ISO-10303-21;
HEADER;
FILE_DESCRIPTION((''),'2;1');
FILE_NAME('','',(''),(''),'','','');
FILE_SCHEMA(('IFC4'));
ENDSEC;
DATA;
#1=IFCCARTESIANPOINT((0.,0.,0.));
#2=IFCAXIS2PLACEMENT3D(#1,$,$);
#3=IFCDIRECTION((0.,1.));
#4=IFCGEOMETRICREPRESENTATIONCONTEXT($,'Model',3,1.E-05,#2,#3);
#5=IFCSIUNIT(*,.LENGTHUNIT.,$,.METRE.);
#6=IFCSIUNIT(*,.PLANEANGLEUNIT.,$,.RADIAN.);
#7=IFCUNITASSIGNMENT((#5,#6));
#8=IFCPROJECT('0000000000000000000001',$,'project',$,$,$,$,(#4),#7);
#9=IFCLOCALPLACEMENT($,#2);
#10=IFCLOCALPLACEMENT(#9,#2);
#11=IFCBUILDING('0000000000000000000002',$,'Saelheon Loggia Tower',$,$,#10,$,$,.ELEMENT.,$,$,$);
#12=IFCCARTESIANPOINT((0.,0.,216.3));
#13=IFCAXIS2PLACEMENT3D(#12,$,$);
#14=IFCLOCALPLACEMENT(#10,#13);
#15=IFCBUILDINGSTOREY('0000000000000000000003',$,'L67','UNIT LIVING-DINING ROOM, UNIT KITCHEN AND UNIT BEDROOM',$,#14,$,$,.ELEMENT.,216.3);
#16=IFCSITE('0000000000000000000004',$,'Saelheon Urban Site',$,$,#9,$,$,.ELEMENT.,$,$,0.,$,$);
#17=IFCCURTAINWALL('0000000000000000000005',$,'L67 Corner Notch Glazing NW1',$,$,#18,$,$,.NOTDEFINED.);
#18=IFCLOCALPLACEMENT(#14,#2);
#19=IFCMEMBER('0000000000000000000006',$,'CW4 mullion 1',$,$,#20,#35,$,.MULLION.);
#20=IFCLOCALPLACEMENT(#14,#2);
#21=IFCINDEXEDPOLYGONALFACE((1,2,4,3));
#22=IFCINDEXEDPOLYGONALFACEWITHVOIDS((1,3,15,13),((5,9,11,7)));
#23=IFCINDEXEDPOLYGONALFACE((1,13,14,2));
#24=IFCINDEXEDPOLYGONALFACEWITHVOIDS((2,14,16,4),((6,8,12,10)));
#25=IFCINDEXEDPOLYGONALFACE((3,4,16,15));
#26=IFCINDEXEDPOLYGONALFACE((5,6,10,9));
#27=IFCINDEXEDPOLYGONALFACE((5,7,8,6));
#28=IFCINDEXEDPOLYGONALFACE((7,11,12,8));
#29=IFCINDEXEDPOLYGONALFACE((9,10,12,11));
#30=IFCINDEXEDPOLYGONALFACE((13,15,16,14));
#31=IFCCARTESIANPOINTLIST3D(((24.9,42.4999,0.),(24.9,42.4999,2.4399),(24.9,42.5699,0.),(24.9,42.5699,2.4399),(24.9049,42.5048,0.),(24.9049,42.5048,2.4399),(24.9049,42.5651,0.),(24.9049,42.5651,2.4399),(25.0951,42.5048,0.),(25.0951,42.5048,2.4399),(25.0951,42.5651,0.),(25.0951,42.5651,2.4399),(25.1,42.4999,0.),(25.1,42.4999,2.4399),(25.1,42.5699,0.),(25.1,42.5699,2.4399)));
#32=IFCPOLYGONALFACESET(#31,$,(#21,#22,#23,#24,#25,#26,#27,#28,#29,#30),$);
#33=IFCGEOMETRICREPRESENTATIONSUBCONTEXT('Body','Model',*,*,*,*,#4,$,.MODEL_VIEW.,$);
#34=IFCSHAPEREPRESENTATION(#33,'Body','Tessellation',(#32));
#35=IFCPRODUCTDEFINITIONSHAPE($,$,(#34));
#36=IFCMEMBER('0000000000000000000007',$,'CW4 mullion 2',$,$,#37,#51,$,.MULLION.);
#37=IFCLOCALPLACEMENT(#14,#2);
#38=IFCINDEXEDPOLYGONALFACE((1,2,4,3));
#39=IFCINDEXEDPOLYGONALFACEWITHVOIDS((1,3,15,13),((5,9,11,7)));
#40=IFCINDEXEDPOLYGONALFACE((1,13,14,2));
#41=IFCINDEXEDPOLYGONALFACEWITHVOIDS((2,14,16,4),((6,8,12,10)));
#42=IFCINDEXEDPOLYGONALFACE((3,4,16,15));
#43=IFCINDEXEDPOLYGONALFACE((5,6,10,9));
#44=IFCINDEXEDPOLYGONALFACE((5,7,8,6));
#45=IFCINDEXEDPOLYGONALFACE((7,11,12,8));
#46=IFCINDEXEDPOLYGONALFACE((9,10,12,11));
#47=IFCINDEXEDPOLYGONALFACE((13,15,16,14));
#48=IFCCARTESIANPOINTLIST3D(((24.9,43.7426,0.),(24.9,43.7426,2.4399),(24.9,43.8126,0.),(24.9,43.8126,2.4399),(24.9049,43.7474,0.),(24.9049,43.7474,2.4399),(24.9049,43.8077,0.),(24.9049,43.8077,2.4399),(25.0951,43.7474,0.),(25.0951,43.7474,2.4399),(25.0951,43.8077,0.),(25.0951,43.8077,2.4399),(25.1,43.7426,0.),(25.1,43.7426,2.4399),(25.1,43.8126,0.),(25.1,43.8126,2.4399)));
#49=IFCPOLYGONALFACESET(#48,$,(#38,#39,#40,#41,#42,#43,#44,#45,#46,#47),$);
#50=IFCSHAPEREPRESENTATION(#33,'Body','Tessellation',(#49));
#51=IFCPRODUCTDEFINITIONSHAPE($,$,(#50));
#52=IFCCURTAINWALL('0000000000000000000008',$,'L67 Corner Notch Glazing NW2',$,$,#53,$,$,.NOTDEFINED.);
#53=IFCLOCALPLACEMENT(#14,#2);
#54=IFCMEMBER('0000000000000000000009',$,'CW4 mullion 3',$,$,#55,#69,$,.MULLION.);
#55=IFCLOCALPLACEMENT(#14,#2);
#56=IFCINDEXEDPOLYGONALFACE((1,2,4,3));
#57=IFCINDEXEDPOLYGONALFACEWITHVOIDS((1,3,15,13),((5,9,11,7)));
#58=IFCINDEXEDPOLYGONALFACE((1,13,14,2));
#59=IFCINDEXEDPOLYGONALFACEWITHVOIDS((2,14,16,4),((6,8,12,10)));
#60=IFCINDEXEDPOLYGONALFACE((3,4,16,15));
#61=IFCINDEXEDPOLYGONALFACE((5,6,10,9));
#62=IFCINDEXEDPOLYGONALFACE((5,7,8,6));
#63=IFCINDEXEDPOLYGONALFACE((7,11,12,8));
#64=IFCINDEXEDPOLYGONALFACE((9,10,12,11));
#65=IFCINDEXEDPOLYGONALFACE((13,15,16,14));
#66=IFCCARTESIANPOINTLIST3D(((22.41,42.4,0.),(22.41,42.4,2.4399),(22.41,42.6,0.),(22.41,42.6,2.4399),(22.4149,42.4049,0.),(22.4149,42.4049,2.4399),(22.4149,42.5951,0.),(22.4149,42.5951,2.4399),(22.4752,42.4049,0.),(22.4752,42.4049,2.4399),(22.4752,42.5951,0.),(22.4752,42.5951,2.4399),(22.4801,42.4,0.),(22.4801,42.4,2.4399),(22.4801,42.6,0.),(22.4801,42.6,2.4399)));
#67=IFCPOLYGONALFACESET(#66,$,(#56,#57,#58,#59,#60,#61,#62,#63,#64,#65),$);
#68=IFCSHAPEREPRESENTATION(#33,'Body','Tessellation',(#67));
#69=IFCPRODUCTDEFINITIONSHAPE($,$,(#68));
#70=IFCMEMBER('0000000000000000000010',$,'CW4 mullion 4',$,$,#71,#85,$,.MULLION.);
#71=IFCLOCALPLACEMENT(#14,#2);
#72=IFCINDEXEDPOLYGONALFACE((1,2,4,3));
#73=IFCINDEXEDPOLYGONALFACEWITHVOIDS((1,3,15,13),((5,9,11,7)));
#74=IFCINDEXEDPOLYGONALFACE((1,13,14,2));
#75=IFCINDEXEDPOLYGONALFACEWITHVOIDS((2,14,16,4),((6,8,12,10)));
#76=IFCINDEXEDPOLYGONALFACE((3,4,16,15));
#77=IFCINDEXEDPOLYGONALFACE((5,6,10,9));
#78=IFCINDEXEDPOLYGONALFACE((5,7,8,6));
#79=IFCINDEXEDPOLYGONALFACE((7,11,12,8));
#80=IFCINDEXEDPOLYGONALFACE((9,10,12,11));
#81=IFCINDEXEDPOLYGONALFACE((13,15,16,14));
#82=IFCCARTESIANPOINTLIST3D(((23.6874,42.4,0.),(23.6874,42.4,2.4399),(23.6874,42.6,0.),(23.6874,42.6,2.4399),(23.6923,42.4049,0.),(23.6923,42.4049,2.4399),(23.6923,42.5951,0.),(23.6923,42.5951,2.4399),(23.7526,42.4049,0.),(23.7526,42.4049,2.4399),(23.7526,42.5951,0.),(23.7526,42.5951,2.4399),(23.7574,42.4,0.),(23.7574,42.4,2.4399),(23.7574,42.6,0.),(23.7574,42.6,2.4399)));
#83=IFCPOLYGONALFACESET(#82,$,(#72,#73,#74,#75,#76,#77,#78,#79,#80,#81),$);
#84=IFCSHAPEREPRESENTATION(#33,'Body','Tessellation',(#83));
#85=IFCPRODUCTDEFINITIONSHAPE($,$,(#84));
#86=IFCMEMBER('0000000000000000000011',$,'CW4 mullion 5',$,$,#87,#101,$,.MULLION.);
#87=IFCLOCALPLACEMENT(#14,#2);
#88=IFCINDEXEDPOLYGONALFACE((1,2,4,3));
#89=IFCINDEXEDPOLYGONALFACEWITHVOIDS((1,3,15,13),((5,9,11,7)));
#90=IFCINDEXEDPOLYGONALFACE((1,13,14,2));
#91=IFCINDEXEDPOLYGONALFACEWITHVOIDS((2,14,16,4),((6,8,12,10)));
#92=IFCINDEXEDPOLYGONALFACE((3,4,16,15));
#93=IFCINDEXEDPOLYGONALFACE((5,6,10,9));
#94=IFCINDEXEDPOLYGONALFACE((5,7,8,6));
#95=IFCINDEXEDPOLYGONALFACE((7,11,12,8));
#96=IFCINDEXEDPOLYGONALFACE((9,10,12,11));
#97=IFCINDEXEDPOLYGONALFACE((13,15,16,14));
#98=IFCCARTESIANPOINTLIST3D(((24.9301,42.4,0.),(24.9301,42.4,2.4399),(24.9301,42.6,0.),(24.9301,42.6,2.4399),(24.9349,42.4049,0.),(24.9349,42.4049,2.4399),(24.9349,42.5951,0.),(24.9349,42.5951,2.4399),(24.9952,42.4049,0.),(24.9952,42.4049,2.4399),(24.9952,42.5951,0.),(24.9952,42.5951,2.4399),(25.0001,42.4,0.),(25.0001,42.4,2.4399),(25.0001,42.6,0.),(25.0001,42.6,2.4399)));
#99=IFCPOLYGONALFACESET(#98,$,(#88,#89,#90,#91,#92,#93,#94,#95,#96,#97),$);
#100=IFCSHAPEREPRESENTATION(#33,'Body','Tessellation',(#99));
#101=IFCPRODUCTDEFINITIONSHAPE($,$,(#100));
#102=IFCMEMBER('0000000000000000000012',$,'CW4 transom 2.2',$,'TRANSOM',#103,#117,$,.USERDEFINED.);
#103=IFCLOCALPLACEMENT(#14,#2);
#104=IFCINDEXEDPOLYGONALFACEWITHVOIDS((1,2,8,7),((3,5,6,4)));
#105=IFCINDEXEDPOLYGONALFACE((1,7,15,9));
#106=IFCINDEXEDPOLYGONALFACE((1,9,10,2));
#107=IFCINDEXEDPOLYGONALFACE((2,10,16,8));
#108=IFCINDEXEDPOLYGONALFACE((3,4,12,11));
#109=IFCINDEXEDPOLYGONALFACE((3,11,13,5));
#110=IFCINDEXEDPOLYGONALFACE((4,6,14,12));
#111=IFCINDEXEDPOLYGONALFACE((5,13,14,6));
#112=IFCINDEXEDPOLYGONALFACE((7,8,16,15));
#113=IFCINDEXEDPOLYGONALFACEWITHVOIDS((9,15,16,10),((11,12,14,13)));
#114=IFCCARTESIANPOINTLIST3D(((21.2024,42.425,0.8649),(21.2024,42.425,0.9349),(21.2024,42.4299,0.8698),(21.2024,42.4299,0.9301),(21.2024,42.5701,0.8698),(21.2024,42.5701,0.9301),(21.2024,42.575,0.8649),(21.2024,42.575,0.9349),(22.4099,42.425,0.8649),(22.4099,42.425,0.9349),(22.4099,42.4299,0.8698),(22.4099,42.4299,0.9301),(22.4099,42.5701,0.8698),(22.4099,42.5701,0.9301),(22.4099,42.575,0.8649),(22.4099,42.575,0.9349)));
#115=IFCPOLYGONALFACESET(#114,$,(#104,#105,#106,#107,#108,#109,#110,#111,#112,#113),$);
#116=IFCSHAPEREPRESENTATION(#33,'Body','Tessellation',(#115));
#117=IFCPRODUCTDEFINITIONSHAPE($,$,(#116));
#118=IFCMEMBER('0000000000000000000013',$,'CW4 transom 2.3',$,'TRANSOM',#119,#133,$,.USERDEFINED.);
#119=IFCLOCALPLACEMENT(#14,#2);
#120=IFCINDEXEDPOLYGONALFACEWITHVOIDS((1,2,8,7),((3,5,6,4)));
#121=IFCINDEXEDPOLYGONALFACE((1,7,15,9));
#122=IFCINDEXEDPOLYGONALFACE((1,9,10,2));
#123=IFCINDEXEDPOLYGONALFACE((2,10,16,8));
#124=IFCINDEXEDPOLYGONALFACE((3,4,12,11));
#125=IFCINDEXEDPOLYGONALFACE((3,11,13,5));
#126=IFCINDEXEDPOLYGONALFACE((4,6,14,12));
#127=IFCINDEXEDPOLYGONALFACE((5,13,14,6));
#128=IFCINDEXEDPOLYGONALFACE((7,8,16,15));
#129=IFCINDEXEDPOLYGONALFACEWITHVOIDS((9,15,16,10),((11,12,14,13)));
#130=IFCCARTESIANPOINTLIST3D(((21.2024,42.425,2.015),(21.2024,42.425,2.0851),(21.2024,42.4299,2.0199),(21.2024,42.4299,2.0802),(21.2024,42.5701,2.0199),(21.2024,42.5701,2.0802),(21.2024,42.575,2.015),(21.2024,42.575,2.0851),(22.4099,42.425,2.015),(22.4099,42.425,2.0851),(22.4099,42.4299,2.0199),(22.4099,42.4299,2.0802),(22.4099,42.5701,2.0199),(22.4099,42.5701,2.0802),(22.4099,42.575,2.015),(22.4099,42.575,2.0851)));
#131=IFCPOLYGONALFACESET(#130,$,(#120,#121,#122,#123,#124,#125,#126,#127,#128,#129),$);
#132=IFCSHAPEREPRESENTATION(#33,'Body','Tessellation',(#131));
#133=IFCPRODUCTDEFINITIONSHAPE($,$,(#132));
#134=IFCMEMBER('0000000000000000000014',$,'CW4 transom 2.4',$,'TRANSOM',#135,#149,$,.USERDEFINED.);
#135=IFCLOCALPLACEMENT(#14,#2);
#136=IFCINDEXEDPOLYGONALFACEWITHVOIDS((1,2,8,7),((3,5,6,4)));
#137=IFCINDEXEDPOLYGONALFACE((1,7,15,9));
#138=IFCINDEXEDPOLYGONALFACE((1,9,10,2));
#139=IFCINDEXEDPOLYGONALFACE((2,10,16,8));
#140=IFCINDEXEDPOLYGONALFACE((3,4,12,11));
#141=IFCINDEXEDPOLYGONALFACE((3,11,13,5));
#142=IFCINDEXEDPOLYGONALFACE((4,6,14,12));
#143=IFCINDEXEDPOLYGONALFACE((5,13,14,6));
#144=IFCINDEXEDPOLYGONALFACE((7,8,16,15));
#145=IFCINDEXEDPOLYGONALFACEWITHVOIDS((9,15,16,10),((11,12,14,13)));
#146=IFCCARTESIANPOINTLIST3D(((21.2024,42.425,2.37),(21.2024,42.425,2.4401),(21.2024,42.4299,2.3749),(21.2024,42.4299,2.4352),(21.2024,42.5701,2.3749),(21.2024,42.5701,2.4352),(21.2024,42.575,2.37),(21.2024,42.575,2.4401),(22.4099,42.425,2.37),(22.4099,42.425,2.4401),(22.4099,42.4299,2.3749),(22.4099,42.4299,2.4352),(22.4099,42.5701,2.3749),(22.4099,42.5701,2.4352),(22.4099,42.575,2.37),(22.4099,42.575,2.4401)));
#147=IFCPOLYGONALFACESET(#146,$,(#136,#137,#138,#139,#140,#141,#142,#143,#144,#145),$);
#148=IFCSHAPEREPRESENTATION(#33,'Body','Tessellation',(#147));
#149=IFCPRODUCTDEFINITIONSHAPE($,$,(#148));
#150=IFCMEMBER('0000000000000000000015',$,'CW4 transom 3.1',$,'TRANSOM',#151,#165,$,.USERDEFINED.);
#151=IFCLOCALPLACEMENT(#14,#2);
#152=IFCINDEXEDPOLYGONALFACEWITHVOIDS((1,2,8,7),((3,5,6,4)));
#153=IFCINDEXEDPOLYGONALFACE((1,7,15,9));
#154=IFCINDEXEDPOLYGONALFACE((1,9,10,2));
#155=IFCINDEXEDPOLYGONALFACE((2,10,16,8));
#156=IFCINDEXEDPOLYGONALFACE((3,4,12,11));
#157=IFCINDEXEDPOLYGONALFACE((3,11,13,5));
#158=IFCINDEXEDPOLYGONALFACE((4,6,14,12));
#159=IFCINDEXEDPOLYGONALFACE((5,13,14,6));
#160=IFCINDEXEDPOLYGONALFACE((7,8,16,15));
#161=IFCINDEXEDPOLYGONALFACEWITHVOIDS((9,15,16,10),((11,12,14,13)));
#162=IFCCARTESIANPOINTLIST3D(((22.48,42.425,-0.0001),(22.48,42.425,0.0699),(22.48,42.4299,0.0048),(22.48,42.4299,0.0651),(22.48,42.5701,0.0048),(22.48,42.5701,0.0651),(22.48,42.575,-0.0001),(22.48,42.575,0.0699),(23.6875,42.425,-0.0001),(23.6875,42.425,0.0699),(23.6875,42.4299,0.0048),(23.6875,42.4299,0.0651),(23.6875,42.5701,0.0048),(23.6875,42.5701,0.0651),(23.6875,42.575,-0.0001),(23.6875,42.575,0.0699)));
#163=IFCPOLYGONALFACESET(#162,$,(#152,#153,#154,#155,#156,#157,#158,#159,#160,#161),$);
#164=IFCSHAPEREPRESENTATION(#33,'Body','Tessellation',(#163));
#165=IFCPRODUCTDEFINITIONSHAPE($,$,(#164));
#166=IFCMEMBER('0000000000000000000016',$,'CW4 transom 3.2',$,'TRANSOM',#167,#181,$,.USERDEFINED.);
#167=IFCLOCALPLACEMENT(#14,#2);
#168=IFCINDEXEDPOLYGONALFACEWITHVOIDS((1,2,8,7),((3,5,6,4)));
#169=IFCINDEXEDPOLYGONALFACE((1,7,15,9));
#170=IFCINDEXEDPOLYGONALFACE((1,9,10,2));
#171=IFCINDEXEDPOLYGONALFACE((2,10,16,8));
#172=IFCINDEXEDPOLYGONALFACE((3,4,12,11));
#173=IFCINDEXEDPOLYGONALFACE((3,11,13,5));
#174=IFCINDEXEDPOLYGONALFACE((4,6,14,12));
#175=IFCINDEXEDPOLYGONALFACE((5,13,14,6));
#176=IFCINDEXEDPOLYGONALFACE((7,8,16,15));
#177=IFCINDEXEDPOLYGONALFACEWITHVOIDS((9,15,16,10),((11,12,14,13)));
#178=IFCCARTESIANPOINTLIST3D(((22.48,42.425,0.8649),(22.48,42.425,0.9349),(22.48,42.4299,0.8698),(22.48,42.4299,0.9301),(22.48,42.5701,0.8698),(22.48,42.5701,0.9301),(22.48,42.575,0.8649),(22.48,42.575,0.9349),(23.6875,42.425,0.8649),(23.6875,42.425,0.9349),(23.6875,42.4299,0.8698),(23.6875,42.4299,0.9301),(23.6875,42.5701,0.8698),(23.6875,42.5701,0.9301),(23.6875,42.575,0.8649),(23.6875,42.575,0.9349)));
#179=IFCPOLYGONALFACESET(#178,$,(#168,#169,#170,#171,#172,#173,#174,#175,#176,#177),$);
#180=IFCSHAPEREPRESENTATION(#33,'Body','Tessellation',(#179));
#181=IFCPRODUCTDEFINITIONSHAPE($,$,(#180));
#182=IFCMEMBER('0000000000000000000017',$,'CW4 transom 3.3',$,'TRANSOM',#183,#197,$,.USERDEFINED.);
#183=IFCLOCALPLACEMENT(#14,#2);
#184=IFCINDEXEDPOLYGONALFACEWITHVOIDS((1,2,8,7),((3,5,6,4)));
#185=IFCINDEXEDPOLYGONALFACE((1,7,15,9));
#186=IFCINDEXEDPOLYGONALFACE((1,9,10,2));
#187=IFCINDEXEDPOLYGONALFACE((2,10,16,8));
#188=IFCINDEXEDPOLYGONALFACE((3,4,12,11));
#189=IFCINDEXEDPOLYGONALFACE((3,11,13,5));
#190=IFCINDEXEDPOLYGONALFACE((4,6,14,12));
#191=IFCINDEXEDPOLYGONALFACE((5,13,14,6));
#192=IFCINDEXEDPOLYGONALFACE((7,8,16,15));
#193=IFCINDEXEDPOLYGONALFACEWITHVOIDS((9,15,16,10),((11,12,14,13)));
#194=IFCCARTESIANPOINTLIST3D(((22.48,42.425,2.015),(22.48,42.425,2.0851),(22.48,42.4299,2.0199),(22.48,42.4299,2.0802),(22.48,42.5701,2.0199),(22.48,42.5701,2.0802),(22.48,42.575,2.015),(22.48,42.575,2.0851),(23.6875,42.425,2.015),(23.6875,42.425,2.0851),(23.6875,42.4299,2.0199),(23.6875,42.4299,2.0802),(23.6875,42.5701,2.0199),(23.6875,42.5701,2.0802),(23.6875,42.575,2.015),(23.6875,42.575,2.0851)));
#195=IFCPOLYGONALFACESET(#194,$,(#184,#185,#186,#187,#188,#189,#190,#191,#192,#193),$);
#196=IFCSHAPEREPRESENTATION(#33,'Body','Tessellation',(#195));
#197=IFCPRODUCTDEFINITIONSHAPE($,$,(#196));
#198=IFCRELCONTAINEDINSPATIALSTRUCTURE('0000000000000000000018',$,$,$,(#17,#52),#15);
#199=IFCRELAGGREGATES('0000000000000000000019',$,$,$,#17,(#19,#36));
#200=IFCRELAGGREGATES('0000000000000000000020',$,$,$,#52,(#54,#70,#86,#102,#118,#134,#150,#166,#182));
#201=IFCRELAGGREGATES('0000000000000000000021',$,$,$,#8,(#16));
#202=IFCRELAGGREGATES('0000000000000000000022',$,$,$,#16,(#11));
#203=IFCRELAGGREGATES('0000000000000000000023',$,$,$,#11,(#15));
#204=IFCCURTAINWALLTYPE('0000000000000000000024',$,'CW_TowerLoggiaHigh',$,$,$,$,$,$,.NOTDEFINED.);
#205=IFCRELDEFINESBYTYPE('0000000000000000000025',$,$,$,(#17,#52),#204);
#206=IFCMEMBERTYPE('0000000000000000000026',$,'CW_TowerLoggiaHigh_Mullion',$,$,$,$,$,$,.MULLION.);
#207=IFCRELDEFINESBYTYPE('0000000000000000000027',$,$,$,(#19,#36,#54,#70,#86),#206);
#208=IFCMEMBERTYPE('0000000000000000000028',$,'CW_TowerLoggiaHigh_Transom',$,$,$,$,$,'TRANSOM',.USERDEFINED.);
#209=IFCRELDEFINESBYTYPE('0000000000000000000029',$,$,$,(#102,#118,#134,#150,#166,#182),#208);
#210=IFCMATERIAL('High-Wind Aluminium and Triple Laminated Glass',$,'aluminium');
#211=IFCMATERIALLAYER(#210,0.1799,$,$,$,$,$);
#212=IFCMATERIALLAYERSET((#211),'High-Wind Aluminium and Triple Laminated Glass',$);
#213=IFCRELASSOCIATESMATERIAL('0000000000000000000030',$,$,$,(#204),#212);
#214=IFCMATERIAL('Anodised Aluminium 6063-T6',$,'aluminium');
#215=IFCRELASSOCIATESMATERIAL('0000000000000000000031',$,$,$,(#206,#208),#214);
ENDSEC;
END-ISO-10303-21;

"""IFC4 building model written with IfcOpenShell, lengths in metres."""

from ifc_helpers import new_model, si_unit, direction, frame, origin, origin_2d, place, context, subcontext, project, spatial, hollow_rectangle, extrude, source, transform, mapped, material, layer, layer_set, material_profile, profile_set, type_object, element, aggregate, save


model = new_model("IFC4")

# Units and contexts
model_context = context("Model", 3, precision=1e-05, world=origin(), true_north=direction((0.0, 1.0)))
body_context = subcontext(model_context, "Body", "Model", "MODEL_VIEW")
ifc_project = project(units=[si_unit("LENGTHUNIT", "METRE"), si_unit("PLANEANGLEUNIT", "RADIAN")], contexts=[model_context])

# Site, building, storey
site_placement = place(None, origin())
site = spatial("IfcSite", under=ifc_project, at=site_placement, Name="Saelheon Urban Site", CompositionType="ELEMENT", RefElevation=0.0)
building_placement = place(site_placement, origin())
building = spatial("IfcBuilding", under=site, at=building_placement, Name="Saelheon Loggia Tower", CompositionType="ELEMENT")
storey_placement = place(building_placement, frame((0.0, 0.0, 216.3)))
storey = spatial("IfcBuildingStorey", under=building, at=storey_placement, Name="L67", Description="UNIT LIVING-DINING ROOM, UNIT KITCHEN AND UNIT BEDROOM", CompositionType="ELEMENT", Elevation=216.3)

# Curtain walls, members
ifc_material_1 = material(Name="High-Wind Aluminium and Triple Laminated Glass", Category="aluminium")
ifc_layer_1 = layer(ifc_material_1, 0.1799)
ifc_layer_set_1 = layer_set([ifc_layer_1], Name="High-Wind Aluminium and Triple Laminated Glass")
curtain_wall_type = type_object("IfcCurtainWallType", Name="CW_TowerLoggiaHigh", PredefinedType="NOTDEFINED", material=ifc_layer_set_1)
curtain_wall_1_placement = place(storey_placement, origin())
curtain_wall_1 = element("IfcCurtainWall", 1, at=curtain_wall_1_placement, inside=storey, type_object=curtain_wall_type, Name="L67 Corner Notch Glazing NW1", PredefinedType="NOTDEFINED")
ifc_material_2 = material(Name="Anodised Aluminium 6063-T6", Category="aluminium")
ifc_material_profile_1 = material_profile(ifc_material_2, hollow_rectangle(XDim=0.0701, YDim=0.2, WallThickness=0.0049, at=origin_2d()), Name="RHS-200x70x5")
ifc_profile_set_1 = profile_set([ifc_material_profile_1], Name="Anodised Aluminium 6063-T6")
member_type_1 = type_object("IfcMemberType", Name="CW_TowerLoggiaHigh_Mullion", PredefinedType="MULLION", material=ifc_profile_set_1)
shared_shape_1 = source(origin(), body_context, "Body", "SweptSolid", [
    extrude(hollow_rectangle(XDim=0.0701, YDim=0.2, WallThickness=0.0049, at=origin_2d()), origin(), (0.0, 0.0, 1.0), 2.4399),
])
member_1_placement = place(storey_placement, frame((25.0, 42.5349, 0.0), z_axis=(0.0, 0.0, 1.0), x_axis=(0.0, 1.0, 0.0)))
member_1 = element("IfcMember", 2, at=member_1_placement, type_object=member_type_1, Name="CW4 mullion 1", PredefinedType="MULLION", context=body_context, shape_type="MappedRepresentation", body=[
    mapped(shared_shape_1, transform((0.0, 0.0, 0.0), scale=1.0)),
])
member_2_placement = place(storey_placement, frame((25.0, 43.7776, 0.0), z_axis=(0.0, 0.0, 1.0), x_axis=(0.0, 1.0, 0.0)))
member_2 = element("IfcMember", 3, at=member_2_placement, type_object=member_type_1, Name="CW4 mullion 2", PredefinedType="MULLION", context=body_context, shape_type="MappedRepresentation", body=[
    mapped(shared_shape_1, transform((0.0, 0.0, 0.0), scale=1.0)),
])
curtain_wall_2_placement = place(storey_placement, origin())
curtain_wall_2 = element("IfcCurtainWall", 4, at=curtain_wall_2_placement, inside=storey, type_object=curtain_wall_type, Name="L67 Corner Notch Glazing NW2", PredefinedType="NOTDEFINED")
member_3_placement = place(storey_placement, frame((22.4451, 42.5, 0.0), z_axis=(0.0, 0.0, 1.0), x_axis=(1.0, 0.0, 0.0)))
member_3 = element("IfcMember", 5, at=member_3_placement, type_object=member_type_1, Name="CW4 mullion 3", PredefinedType="MULLION", context=body_context, shape_type="MappedRepresentation", body=[
    mapped(shared_shape_1, transform((0.0, 0.0, 0.0), scale=1.0)),
])
member_4_placement = place(storey_placement, frame((23.7224, 42.5, 0.0), z_axis=(0.0, 0.0, 1.0), x_axis=(1.0, 0.0, 0.0)))
member_4 = element("IfcMember", 6, at=member_4_placement, type_object=member_type_1, Name="CW4 mullion 4", PredefinedType="MULLION", context=body_context, shape_type="MappedRepresentation", body=[
    mapped(shared_shape_1, transform((0.0, 0.0, 0.0), scale=1.0)),
])
member_5_placement = place(storey_placement, frame((24.9651, 42.5, 0.0), z_axis=(0.0, 0.0, 1.0), x_axis=(1.0, 0.0, 0.0)))
member_5 = element("IfcMember", 7, at=member_5_placement, type_object=member_type_1, Name="CW4 mullion 5", PredefinedType="MULLION", context=body_context, shape_type="MappedRepresentation", body=[
    mapped(shared_shape_1, transform((0.0, 0.0, 0.0), scale=1.0)),
])
ifc_material_profile_2 = material_profile(ifc_material_2, hollow_rectangle(XDim=0.0701, YDim=0.1499, WallThickness=0.0049, at=origin_2d()), Name="RHS-150x70x5")
ifc_profile_set_2 = profile_set([ifc_material_profile_2], Name="Anodised Aluminium 6063-T6")
member_type_2 = type_object("IfcMemberType", Name="CW_TowerLoggiaHigh_Transom", ElementType="TRANSOM", PredefinedType="USERDEFINED", material=ifc_profile_set_2)
shared_shape_2 = source(origin(), body_context, "Body", "SweptSolid", [
    extrude(hollow_rectangle(XDim=0.0701, YDim=0.1499, WallThickness=0.0049, at=origin_2d()), origin(), (0.0, 0.0, 1.0), 1.2075),
])
member_6_placement = place(storey_placement, frame((21.2024, 42.5, 0.8999), z_axis=(1.0, 0.0, 0.0), x_axis=(0.0, 0.0, 1.0)))
member_6 = element("IfcMember", 8, at=member_6_placement, type_object=member_type_2, Name="CW4 transom 2.2", ObjectType="TRANSOM", PredefinedType="USERDEFINED", context=body_context, shape_type="MappedRepresentation", body=[
    mapped(shared_shape_2, transform((0.0, 0.0, 0.0), scale=1.0)),
])
member_7_placement = place(storey_placement, frame((21.2024, 42.5, 2.05), z_axis=(1.0, 0.0, 0.0), x_axis=(0.0, 0.0, 1.0)))
member_7 = element("IfcMember", 9, at=member_7_placement, type_object=member_type_2, Name="CW4 transom 2.3", ObjectType="TRANSOM", PredefinedType="USERDEFINED", context=body_context, shape_type="MappedRepresentation", body=[
    mapped(shared_shape_2, transform((0.0, 0.0, 0.0), scale=1.0)),
])
member_8_placement = place(storey_placement, frame((21.2024, 42.5, 2.405), z_axis=(1.0, 0.0, 0.0), x_axis=(0.0, 0.0, 1.0)))
member_8 = element("IfcMember", 10, at=member_8_placement, type_object=member_type_2, Name="CW4 transom 2.4", ObjectType="TRANSOM", PredefinedType="USERDEFINED", context=body_context, shape_type="MappedRepresentation", body=[
    mapped(shared_shape_2, transform((0.0, 0.0, 0.0), scale=1.0)),
])
member_9_placement = place(storey_placement, frame((22.48, 42.5, 0.0349), z_axis=(1.0, 0.0, 0.0), x_axis=(0.0, 0.0, 1.0)))
member_9 = element("IfcMember", 11, at=member_9_placement, type_object=member_type_2, Name="CW4 transom 3.1", ObjectType="TRANSOM", PredefinedType="USERDEFINED", context=body_context, shape_type="MappedRepresentation", body=[
    mapped(shared_shape_2, transform((0.0, 0.0, 0.0), scale=1.0)),
])
member_10_placement = place(storey_placement, frame((22.48, 42.5, 0.8999), z_axis=(1.0, 0.0, 0.0), x_axis=(0.0, 0.0, 1.0)))
member_10 = element("IfcMember", 12, at=member_10_placement, type_object=member_type_2, Name="CW4 transom 3.2", ObjectType="TRANSOM", PredefinedType="USERDEFINED", context=body_context, shape_type="MappedRepresentation", body=[
    mapped(shared_shape_2, transform((0.0, 0.0, 0.0), scale=1.0)),
])
member_11_placement = place(storey_placement, frame((22.48, 42.5, 2.05), z_axis=(1.0, 0.0, 0.0), x_axis=(0.0, 0.0, 1.0)))
member_11 = element("IfcMember", 13, at=member_11_placement, type_object=member_type_2, Name="CW4 transom 3.3", ObjectType="TRANSOM", PredefinedType="USERDEFINED", context=body_context, shape_type="MappedRepresentation", body=[
    mapped(shared_shape_2, transform((0.0, 0.0, 0.0), scale=1.0)),
])

aggregate(curtain_wall_1, [member_1, member_2])
aggregate(curtain_wall_2, [member_3, member_4, member_5, member_6, member_7, member_8, member_9, member_10, member_11])

save(model, "model.ifc")
